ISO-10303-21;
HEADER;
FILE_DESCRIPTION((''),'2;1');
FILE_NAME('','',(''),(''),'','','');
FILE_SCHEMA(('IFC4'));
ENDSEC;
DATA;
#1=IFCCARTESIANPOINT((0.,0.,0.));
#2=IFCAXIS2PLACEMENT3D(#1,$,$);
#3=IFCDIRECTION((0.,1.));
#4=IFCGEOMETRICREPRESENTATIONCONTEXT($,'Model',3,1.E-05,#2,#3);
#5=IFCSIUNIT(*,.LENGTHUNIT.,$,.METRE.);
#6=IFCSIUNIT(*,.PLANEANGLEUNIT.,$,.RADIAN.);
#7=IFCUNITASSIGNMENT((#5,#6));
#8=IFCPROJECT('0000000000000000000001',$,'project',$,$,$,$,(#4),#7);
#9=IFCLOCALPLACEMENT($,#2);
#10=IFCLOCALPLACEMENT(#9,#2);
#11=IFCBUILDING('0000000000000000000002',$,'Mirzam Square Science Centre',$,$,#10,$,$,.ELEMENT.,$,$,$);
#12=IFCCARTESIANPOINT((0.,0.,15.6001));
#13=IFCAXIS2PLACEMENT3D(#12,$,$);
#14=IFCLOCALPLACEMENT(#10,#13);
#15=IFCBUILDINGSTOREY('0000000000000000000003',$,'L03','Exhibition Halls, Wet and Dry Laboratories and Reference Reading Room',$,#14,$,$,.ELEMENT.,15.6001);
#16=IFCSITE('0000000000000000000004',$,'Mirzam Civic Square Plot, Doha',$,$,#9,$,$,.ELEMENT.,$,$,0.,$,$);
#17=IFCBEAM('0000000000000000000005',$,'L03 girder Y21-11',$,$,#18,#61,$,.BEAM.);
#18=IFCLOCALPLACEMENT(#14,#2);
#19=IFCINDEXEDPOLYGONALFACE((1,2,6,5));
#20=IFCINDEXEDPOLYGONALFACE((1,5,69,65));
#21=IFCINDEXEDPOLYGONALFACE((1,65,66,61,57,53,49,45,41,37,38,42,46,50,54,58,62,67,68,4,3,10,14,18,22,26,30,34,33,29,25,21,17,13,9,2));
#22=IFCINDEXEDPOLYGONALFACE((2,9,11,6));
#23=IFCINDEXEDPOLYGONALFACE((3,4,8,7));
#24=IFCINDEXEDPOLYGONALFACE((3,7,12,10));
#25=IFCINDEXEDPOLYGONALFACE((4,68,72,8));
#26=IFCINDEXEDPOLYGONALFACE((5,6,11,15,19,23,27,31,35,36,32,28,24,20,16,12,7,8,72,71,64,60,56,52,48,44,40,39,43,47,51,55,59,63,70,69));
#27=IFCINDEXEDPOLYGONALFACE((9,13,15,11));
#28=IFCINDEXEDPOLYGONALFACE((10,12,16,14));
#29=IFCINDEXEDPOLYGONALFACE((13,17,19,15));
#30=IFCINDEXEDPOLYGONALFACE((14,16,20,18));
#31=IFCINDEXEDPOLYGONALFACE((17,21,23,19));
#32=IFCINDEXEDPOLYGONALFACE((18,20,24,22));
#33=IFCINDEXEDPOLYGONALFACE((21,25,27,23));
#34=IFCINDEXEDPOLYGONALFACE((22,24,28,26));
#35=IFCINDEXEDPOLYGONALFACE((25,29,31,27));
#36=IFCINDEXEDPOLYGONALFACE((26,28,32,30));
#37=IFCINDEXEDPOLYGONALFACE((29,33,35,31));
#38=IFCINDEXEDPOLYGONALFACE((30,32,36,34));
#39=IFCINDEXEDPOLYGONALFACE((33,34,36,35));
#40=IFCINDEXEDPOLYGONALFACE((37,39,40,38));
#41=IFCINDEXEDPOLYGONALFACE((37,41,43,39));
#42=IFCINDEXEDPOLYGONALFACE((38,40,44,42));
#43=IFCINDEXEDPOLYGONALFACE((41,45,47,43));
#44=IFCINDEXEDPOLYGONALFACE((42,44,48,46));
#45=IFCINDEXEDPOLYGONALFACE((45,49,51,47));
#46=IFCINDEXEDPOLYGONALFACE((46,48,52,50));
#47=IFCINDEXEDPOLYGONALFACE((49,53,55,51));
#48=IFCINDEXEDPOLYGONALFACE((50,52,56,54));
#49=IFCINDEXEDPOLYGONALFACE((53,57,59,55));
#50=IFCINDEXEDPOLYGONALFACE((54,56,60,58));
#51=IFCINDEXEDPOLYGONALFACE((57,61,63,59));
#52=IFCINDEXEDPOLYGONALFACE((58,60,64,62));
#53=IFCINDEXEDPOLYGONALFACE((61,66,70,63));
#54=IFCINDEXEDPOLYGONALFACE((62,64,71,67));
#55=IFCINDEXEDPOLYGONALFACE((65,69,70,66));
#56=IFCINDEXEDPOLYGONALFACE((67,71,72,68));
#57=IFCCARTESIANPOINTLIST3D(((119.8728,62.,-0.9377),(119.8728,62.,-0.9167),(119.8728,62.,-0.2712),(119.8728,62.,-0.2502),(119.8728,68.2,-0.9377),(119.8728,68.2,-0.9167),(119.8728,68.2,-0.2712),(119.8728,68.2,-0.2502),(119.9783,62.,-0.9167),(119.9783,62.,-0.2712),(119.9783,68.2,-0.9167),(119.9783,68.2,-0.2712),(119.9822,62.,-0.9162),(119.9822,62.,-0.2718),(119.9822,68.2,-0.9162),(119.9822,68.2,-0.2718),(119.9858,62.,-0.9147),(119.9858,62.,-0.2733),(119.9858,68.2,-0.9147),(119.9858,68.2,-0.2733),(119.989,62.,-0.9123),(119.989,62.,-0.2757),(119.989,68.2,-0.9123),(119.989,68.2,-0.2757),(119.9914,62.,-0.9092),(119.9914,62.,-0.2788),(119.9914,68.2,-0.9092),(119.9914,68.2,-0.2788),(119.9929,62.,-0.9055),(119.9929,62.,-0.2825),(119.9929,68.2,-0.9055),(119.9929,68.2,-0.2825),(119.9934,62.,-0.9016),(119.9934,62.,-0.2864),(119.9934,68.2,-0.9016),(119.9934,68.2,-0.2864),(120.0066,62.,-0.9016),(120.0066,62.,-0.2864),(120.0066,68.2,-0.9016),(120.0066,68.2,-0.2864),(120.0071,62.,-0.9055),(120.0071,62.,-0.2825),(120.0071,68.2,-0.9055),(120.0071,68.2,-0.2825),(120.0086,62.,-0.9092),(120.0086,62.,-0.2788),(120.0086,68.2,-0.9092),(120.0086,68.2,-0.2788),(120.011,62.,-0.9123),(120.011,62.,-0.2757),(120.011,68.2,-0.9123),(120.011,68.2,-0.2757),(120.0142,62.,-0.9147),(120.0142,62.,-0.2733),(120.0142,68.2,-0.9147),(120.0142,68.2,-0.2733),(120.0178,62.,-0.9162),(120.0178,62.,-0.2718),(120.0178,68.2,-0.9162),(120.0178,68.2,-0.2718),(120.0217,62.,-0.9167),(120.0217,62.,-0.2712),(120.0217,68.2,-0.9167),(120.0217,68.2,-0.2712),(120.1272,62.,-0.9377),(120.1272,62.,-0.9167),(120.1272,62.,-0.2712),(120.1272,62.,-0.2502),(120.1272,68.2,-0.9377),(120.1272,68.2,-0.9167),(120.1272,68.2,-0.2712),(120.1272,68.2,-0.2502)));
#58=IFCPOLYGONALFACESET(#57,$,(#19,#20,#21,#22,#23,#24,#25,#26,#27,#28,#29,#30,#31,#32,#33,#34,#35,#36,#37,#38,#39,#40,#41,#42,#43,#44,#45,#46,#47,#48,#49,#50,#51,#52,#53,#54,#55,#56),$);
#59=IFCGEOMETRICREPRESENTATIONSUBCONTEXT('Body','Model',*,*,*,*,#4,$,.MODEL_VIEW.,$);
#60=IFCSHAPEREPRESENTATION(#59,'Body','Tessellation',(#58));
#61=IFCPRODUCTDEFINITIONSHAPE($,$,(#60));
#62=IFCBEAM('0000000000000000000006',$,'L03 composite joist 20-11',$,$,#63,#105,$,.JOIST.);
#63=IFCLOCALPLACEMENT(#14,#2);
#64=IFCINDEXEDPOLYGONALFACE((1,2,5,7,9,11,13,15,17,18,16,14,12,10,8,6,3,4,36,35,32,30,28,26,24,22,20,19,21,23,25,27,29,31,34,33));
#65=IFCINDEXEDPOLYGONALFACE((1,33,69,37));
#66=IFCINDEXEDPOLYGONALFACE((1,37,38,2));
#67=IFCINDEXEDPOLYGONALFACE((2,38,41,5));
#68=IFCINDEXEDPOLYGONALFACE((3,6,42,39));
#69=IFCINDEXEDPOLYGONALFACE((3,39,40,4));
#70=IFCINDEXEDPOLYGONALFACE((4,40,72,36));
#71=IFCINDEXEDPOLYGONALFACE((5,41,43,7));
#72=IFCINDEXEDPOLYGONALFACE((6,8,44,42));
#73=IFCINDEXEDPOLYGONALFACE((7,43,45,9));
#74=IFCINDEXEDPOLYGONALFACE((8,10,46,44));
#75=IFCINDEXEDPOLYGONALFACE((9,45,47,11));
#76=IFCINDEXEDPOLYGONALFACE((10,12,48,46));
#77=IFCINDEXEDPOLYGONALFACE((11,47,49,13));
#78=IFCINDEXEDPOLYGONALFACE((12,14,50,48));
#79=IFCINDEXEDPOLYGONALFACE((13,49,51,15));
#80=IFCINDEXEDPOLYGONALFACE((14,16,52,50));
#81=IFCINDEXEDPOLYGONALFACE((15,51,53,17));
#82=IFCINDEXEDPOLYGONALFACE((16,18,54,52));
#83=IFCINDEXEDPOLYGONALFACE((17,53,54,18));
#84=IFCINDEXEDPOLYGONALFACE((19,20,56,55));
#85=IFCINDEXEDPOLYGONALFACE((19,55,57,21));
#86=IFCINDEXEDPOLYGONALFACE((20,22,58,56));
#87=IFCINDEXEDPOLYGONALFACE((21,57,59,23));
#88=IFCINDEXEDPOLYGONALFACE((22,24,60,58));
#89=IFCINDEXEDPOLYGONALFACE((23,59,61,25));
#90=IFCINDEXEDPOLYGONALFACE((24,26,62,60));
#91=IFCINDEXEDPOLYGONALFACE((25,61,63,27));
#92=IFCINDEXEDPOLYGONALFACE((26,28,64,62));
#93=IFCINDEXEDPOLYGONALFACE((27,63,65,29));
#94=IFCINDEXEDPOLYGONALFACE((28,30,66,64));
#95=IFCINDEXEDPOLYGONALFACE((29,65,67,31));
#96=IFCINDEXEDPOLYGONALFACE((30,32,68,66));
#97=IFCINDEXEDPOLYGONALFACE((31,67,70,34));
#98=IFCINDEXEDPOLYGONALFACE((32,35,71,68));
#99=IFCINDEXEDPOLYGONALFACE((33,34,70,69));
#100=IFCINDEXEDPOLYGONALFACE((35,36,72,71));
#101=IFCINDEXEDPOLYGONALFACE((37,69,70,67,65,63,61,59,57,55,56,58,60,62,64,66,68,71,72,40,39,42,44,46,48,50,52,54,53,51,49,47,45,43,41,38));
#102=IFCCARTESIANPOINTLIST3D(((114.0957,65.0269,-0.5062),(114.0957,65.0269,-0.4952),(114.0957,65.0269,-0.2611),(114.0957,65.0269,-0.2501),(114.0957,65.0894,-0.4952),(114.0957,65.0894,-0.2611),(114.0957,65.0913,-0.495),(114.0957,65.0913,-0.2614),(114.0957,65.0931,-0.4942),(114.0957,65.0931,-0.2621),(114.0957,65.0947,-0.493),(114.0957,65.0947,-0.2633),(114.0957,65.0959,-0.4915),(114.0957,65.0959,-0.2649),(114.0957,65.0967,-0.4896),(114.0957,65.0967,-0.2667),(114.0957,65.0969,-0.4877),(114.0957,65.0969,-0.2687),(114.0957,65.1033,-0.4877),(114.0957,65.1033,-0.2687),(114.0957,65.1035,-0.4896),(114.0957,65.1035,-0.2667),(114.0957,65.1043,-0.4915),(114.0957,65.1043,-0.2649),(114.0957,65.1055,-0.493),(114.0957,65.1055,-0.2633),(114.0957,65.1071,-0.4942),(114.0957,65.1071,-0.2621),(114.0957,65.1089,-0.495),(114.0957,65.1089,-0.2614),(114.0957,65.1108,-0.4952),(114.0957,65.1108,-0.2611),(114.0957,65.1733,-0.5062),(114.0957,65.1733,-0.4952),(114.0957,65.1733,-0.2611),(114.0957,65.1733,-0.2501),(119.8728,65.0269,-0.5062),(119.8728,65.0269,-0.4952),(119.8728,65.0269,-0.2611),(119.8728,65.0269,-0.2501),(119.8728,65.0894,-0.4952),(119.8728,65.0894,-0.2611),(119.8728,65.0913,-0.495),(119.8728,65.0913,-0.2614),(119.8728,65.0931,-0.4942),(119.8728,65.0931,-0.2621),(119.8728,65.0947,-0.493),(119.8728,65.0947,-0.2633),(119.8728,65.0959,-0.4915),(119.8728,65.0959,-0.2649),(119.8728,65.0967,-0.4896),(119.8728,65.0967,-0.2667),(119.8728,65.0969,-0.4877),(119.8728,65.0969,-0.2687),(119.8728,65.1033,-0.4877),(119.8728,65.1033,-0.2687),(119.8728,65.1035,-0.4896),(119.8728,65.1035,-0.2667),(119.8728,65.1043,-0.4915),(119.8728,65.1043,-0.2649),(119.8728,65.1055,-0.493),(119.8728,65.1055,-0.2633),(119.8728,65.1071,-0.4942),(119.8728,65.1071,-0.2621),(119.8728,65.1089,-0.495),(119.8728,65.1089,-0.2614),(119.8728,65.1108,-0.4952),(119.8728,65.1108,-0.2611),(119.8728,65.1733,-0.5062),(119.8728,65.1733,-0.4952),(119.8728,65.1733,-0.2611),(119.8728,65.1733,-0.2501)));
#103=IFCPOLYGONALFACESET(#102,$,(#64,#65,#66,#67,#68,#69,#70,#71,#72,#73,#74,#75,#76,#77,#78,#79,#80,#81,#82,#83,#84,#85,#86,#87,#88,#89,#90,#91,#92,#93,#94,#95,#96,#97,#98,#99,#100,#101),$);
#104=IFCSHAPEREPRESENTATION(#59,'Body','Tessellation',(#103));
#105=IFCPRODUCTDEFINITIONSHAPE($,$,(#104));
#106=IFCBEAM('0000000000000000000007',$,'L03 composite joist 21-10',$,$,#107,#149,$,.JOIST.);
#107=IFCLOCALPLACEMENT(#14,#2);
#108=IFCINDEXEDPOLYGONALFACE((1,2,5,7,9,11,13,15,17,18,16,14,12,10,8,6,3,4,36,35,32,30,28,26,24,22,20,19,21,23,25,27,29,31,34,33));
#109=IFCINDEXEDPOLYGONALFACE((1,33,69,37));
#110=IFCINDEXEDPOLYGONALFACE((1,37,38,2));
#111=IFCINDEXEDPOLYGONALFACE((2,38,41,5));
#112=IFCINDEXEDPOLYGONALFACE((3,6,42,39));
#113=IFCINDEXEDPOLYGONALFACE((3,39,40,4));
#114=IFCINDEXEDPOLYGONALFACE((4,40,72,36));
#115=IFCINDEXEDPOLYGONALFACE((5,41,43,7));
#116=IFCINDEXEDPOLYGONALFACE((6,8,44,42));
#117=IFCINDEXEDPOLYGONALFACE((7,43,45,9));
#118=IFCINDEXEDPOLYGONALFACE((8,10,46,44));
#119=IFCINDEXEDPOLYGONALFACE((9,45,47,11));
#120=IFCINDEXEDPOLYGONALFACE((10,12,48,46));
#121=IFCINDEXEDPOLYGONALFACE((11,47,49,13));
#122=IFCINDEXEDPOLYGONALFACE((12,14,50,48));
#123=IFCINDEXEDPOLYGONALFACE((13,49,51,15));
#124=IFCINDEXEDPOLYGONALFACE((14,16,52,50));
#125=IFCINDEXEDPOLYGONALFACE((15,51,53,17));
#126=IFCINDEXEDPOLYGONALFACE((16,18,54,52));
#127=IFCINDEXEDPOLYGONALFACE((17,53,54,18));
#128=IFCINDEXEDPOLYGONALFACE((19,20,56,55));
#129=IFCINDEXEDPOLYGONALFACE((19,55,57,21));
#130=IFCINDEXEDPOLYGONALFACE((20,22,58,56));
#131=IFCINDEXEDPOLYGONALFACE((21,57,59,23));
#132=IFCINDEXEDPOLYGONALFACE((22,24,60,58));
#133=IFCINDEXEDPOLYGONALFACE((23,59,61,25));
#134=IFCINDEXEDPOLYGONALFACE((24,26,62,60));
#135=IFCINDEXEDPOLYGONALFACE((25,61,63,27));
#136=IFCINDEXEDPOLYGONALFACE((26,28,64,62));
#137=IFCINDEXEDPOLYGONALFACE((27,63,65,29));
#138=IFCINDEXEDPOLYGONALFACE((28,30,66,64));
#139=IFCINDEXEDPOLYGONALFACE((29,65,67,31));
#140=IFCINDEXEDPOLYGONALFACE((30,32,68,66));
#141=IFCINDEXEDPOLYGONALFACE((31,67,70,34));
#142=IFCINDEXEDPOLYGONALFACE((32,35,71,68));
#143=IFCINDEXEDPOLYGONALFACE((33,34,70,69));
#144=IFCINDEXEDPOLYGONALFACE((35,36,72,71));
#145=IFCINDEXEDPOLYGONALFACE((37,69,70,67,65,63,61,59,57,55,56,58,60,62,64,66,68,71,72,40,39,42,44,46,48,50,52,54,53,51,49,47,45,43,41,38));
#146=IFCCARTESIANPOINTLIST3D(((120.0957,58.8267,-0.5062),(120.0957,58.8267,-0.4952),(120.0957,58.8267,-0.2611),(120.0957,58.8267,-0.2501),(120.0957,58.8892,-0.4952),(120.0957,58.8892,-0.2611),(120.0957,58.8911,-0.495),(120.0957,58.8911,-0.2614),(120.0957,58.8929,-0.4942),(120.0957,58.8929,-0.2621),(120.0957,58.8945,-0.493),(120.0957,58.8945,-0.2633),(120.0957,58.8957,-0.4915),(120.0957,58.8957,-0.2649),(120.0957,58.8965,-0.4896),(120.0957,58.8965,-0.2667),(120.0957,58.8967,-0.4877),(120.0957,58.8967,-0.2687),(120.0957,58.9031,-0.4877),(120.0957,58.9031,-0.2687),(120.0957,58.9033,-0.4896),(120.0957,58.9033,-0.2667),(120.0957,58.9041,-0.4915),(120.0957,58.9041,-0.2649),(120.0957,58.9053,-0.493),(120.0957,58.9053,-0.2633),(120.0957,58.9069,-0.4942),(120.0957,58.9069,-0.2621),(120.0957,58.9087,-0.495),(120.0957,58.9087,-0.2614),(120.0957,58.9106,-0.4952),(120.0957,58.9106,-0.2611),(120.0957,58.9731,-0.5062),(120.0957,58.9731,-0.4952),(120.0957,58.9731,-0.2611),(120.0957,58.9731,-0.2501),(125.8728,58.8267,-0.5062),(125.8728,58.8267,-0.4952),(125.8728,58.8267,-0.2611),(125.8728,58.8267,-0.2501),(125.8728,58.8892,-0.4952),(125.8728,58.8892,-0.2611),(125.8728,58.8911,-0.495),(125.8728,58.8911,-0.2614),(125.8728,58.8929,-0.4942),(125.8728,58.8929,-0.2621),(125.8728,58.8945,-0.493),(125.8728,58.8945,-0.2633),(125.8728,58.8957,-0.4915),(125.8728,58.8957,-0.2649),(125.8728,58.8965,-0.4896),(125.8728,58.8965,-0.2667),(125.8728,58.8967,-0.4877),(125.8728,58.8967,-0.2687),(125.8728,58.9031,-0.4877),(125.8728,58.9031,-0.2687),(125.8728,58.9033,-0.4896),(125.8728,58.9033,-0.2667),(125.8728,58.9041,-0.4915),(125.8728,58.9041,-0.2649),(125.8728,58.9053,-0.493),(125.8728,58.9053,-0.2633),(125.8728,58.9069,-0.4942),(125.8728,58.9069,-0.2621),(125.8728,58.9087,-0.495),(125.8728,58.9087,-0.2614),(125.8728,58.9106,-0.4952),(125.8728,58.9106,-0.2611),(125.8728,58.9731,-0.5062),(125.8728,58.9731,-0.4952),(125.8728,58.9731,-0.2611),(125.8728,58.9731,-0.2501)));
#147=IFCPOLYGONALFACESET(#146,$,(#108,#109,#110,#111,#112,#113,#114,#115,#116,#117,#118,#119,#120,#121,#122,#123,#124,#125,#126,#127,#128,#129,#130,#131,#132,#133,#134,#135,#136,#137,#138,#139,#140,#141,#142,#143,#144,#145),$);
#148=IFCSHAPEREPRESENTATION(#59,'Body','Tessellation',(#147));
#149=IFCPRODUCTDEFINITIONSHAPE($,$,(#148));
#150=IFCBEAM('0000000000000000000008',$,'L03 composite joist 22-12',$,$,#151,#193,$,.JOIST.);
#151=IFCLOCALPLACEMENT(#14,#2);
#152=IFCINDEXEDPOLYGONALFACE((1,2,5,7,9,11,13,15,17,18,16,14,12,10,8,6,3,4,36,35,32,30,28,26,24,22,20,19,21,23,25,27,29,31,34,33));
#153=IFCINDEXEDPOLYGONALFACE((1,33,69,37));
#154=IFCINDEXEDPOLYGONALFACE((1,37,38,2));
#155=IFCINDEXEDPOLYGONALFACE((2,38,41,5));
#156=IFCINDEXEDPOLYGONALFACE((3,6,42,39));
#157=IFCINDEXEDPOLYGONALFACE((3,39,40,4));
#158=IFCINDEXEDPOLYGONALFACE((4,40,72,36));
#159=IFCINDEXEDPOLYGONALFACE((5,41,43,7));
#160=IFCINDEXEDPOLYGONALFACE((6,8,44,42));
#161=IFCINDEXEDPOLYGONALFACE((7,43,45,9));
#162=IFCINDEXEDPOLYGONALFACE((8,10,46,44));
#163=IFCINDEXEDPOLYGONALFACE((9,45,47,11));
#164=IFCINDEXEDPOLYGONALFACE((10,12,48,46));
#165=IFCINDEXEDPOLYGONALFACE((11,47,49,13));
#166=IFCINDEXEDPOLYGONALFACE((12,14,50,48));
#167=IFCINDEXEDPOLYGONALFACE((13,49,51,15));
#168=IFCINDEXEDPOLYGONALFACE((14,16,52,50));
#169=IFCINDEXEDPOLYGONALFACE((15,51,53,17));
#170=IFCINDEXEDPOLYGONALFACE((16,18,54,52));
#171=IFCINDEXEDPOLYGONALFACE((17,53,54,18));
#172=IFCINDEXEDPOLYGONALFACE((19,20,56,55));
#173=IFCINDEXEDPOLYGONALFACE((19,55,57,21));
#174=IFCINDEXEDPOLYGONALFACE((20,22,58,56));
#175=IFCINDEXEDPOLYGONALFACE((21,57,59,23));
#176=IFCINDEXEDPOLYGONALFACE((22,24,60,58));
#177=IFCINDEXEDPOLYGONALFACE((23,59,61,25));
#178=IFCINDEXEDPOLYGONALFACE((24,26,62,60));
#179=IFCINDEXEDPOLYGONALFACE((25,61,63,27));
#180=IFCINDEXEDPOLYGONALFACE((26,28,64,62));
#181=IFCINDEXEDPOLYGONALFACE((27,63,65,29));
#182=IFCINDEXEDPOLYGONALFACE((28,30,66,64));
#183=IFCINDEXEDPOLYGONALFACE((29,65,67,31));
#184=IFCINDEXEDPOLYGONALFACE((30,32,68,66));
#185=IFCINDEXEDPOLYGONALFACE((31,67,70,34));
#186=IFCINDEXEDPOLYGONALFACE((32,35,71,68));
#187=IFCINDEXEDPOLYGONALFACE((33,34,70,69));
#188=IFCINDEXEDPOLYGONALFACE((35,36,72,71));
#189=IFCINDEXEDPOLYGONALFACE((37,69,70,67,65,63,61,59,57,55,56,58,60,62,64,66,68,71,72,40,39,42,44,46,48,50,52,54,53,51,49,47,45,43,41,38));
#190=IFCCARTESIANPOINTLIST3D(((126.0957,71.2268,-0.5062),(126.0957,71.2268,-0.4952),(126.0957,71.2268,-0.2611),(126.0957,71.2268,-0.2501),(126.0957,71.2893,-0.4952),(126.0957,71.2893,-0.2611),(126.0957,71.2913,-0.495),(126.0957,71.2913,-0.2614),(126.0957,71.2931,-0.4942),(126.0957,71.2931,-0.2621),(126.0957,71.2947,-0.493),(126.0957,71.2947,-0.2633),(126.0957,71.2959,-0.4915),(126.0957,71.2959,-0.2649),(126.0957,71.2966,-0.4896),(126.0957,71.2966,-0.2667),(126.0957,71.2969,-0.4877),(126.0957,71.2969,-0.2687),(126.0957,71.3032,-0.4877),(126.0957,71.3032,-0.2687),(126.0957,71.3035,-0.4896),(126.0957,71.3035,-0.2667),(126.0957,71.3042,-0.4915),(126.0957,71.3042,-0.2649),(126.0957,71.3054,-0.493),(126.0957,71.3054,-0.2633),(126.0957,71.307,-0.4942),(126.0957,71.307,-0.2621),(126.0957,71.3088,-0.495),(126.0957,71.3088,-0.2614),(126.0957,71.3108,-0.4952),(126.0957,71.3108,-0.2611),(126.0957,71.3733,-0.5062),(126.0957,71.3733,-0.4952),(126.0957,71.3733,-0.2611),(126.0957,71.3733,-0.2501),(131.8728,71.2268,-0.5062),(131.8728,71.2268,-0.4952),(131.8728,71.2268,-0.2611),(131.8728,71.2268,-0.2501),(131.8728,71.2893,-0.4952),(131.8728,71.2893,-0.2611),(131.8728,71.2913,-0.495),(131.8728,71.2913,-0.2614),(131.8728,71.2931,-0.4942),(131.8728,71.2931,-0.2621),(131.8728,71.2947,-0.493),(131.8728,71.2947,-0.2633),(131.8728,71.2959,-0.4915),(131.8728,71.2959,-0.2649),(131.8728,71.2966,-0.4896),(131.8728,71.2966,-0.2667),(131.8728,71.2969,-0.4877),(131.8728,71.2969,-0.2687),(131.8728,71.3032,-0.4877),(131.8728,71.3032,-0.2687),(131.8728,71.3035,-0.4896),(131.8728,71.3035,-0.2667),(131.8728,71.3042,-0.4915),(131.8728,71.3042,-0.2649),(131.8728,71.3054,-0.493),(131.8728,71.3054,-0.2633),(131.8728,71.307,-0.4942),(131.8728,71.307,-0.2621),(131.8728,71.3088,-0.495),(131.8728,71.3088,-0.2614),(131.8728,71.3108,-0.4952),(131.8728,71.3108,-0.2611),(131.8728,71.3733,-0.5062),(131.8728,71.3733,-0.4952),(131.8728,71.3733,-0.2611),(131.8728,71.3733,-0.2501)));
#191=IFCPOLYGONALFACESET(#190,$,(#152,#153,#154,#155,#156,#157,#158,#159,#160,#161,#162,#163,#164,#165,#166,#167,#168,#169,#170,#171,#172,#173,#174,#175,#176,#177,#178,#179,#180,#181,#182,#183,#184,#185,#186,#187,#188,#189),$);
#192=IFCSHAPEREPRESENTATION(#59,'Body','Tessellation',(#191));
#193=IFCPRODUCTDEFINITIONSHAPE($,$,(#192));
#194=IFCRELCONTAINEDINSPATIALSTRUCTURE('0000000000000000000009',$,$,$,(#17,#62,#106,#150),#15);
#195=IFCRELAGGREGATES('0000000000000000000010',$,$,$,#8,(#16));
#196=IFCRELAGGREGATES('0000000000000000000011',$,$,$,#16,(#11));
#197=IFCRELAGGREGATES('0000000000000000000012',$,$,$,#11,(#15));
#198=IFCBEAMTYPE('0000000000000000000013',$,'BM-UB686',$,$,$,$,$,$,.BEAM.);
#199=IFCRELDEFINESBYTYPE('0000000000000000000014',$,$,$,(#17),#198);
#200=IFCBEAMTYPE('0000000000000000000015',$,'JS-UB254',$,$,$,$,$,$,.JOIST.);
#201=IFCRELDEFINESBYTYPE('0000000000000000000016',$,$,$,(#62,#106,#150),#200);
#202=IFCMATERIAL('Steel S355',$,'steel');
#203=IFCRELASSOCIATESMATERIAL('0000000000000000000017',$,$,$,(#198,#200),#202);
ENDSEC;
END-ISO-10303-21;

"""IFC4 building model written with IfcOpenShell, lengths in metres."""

from ifc_helpers import new_model, si_unit, direction, frame, origin, origin_2d, place, context, subcontext, project, spatial, i_section, extrude, material, material_profile, profile_set, type_object, element, save


model = new_model("IFC4")

# Units and contexts
model_context = context("Model", 3, precision=1e-05, world=origin(), true_north=direction((0.0, 1.0)))
body_context = subcontext(model_context, "Body", "Model", "MODEL_VIEW")
ifc_project = project(units=[si_unit("LENGTHUNIT", "METRE"), si_unit("PLANEANGLEUNIT", "RADIAN")], contexts=[model_context])

# Site, building, storey
site_placement = place(None, origin())
site = spatial("IfcSite", under=ifc_project, at=site_placement, Name="Mirzam Civic Square Plot, Doha", CompositionType="ELEMENT", RefElevation=0.0)
building_placement = place(site_placement, origin())
building = spatial("IfcBuilding", under=site, at=building_placement, Name="Mirzam Square Science Centre", CompositionType="ELEMENT")
storey_placement = place(building_placement, frame((0.0, 0.0, 15.6001)))
storey = spatial("IfcBuildingStorey", under=building, at=storey_placement, Name="L03", Description="Exhibition Halls, Wet and Dry Laboratories and Reference Reading Room", CompositionType="ELEMENT", Elevation=15.6001)

# Shared definitions
ifc_material_1 = material(Name="Steel S355", Category="steel")

# Beams
ifc_material_profile_1 = material_profile(ifc_material_1, i_section(OverallWidth=0.2544, OverallDepth=0.6875, WebThickness=0.0132, FlangeThickness=0.021, FilletRadius=0.0151, at=origin_2d()), Name="686x254x152UB")
ifc_profile_set_1 = profile_set([ifc_material_profile_1], Name="Steel S355")
beam_type_1 = type_object("IfcBeamType", Name="BM-UB686", PredefinedType="BEAM", material=ifc_profile_set_1)
beam_1_placement = place(storey_placement, frame((120.0, 62.0, -0.594), z_axis=(0.0, 1.0, 0.0), x_axis=(-1.0, 0.0, 0.0)))
element("IfcBeam", 1, at=beam_1_placement, inside=storey, type_object=beam_type_1, Name="L03 girder Y21-11", PredefinedType="BEAM", context=body_context, shape_type="SweptSolid", body=[
    extrude(i_section(OverallWidth=0.2544, OverallDepth=0.6875, WebThickness=0.0132, FlangeThickness=0.021, FilletRadius=0.0151, at=origin_2d()), origin(), (0.0, 0.0, 1.0), 6.2),
])
ifc_material_profile_2 = material_profile(ifc_material_1, i_section(OverallWidth=0.1465, OverallDepth=0.2561, WebThickness=0.0063, FlangeThickness=0.011, FilletRadius=0.0076, at=origin_2d()), Name="254x146x37UB")
ifc_profile_set_2 = profile_set([ifc_material_profile_2], Name="Steel S355")
beam_type_2 = type_object("IfcBeamType", Name="JS-UB254", PredefinedType="JOIST", material=ifc_profile_set_2)
for number, where, z_axis, x_axis, name in (
    (2, (114.0957, 65.1001, -0.3782), (1.0, 0.0, 0.0), (0.0, 1.0, 0.0), "L03 composite joist 20-11"),
    (3, (120.0957, 58.8999, -0.3782), (1.0, 0.0, 0.0), (0.0, 1.0, 0.0), "L03 composite joist 21-10"),
    (4, (126.0957, 71.3, -0.3782), (1.0, 0.0, 0.0), (0.0, 1.0, 0.0), "L03 composite joist 22-12"),
):
    element("IfcBeam", number, at=place(storey_placement, frame(where, z_axis=z_axis, x_axis=x_axis)), inside=storey, type_object=beam_type_2, Name=name, PredefinedType="JOIST", context=body_context, shape_type="SweptSolid", body=[
        extrude(i_section(OverallWidth=0.1465, OverallDepth=0.2561, WebThickness=0.0063, FlangeThickness=0.011, FilletRadius=0.0076, at=origin_2d()), origin(), (0.0, 0.0, 1.0), 5.7771),
    ])

save(model, "model.ifc")
